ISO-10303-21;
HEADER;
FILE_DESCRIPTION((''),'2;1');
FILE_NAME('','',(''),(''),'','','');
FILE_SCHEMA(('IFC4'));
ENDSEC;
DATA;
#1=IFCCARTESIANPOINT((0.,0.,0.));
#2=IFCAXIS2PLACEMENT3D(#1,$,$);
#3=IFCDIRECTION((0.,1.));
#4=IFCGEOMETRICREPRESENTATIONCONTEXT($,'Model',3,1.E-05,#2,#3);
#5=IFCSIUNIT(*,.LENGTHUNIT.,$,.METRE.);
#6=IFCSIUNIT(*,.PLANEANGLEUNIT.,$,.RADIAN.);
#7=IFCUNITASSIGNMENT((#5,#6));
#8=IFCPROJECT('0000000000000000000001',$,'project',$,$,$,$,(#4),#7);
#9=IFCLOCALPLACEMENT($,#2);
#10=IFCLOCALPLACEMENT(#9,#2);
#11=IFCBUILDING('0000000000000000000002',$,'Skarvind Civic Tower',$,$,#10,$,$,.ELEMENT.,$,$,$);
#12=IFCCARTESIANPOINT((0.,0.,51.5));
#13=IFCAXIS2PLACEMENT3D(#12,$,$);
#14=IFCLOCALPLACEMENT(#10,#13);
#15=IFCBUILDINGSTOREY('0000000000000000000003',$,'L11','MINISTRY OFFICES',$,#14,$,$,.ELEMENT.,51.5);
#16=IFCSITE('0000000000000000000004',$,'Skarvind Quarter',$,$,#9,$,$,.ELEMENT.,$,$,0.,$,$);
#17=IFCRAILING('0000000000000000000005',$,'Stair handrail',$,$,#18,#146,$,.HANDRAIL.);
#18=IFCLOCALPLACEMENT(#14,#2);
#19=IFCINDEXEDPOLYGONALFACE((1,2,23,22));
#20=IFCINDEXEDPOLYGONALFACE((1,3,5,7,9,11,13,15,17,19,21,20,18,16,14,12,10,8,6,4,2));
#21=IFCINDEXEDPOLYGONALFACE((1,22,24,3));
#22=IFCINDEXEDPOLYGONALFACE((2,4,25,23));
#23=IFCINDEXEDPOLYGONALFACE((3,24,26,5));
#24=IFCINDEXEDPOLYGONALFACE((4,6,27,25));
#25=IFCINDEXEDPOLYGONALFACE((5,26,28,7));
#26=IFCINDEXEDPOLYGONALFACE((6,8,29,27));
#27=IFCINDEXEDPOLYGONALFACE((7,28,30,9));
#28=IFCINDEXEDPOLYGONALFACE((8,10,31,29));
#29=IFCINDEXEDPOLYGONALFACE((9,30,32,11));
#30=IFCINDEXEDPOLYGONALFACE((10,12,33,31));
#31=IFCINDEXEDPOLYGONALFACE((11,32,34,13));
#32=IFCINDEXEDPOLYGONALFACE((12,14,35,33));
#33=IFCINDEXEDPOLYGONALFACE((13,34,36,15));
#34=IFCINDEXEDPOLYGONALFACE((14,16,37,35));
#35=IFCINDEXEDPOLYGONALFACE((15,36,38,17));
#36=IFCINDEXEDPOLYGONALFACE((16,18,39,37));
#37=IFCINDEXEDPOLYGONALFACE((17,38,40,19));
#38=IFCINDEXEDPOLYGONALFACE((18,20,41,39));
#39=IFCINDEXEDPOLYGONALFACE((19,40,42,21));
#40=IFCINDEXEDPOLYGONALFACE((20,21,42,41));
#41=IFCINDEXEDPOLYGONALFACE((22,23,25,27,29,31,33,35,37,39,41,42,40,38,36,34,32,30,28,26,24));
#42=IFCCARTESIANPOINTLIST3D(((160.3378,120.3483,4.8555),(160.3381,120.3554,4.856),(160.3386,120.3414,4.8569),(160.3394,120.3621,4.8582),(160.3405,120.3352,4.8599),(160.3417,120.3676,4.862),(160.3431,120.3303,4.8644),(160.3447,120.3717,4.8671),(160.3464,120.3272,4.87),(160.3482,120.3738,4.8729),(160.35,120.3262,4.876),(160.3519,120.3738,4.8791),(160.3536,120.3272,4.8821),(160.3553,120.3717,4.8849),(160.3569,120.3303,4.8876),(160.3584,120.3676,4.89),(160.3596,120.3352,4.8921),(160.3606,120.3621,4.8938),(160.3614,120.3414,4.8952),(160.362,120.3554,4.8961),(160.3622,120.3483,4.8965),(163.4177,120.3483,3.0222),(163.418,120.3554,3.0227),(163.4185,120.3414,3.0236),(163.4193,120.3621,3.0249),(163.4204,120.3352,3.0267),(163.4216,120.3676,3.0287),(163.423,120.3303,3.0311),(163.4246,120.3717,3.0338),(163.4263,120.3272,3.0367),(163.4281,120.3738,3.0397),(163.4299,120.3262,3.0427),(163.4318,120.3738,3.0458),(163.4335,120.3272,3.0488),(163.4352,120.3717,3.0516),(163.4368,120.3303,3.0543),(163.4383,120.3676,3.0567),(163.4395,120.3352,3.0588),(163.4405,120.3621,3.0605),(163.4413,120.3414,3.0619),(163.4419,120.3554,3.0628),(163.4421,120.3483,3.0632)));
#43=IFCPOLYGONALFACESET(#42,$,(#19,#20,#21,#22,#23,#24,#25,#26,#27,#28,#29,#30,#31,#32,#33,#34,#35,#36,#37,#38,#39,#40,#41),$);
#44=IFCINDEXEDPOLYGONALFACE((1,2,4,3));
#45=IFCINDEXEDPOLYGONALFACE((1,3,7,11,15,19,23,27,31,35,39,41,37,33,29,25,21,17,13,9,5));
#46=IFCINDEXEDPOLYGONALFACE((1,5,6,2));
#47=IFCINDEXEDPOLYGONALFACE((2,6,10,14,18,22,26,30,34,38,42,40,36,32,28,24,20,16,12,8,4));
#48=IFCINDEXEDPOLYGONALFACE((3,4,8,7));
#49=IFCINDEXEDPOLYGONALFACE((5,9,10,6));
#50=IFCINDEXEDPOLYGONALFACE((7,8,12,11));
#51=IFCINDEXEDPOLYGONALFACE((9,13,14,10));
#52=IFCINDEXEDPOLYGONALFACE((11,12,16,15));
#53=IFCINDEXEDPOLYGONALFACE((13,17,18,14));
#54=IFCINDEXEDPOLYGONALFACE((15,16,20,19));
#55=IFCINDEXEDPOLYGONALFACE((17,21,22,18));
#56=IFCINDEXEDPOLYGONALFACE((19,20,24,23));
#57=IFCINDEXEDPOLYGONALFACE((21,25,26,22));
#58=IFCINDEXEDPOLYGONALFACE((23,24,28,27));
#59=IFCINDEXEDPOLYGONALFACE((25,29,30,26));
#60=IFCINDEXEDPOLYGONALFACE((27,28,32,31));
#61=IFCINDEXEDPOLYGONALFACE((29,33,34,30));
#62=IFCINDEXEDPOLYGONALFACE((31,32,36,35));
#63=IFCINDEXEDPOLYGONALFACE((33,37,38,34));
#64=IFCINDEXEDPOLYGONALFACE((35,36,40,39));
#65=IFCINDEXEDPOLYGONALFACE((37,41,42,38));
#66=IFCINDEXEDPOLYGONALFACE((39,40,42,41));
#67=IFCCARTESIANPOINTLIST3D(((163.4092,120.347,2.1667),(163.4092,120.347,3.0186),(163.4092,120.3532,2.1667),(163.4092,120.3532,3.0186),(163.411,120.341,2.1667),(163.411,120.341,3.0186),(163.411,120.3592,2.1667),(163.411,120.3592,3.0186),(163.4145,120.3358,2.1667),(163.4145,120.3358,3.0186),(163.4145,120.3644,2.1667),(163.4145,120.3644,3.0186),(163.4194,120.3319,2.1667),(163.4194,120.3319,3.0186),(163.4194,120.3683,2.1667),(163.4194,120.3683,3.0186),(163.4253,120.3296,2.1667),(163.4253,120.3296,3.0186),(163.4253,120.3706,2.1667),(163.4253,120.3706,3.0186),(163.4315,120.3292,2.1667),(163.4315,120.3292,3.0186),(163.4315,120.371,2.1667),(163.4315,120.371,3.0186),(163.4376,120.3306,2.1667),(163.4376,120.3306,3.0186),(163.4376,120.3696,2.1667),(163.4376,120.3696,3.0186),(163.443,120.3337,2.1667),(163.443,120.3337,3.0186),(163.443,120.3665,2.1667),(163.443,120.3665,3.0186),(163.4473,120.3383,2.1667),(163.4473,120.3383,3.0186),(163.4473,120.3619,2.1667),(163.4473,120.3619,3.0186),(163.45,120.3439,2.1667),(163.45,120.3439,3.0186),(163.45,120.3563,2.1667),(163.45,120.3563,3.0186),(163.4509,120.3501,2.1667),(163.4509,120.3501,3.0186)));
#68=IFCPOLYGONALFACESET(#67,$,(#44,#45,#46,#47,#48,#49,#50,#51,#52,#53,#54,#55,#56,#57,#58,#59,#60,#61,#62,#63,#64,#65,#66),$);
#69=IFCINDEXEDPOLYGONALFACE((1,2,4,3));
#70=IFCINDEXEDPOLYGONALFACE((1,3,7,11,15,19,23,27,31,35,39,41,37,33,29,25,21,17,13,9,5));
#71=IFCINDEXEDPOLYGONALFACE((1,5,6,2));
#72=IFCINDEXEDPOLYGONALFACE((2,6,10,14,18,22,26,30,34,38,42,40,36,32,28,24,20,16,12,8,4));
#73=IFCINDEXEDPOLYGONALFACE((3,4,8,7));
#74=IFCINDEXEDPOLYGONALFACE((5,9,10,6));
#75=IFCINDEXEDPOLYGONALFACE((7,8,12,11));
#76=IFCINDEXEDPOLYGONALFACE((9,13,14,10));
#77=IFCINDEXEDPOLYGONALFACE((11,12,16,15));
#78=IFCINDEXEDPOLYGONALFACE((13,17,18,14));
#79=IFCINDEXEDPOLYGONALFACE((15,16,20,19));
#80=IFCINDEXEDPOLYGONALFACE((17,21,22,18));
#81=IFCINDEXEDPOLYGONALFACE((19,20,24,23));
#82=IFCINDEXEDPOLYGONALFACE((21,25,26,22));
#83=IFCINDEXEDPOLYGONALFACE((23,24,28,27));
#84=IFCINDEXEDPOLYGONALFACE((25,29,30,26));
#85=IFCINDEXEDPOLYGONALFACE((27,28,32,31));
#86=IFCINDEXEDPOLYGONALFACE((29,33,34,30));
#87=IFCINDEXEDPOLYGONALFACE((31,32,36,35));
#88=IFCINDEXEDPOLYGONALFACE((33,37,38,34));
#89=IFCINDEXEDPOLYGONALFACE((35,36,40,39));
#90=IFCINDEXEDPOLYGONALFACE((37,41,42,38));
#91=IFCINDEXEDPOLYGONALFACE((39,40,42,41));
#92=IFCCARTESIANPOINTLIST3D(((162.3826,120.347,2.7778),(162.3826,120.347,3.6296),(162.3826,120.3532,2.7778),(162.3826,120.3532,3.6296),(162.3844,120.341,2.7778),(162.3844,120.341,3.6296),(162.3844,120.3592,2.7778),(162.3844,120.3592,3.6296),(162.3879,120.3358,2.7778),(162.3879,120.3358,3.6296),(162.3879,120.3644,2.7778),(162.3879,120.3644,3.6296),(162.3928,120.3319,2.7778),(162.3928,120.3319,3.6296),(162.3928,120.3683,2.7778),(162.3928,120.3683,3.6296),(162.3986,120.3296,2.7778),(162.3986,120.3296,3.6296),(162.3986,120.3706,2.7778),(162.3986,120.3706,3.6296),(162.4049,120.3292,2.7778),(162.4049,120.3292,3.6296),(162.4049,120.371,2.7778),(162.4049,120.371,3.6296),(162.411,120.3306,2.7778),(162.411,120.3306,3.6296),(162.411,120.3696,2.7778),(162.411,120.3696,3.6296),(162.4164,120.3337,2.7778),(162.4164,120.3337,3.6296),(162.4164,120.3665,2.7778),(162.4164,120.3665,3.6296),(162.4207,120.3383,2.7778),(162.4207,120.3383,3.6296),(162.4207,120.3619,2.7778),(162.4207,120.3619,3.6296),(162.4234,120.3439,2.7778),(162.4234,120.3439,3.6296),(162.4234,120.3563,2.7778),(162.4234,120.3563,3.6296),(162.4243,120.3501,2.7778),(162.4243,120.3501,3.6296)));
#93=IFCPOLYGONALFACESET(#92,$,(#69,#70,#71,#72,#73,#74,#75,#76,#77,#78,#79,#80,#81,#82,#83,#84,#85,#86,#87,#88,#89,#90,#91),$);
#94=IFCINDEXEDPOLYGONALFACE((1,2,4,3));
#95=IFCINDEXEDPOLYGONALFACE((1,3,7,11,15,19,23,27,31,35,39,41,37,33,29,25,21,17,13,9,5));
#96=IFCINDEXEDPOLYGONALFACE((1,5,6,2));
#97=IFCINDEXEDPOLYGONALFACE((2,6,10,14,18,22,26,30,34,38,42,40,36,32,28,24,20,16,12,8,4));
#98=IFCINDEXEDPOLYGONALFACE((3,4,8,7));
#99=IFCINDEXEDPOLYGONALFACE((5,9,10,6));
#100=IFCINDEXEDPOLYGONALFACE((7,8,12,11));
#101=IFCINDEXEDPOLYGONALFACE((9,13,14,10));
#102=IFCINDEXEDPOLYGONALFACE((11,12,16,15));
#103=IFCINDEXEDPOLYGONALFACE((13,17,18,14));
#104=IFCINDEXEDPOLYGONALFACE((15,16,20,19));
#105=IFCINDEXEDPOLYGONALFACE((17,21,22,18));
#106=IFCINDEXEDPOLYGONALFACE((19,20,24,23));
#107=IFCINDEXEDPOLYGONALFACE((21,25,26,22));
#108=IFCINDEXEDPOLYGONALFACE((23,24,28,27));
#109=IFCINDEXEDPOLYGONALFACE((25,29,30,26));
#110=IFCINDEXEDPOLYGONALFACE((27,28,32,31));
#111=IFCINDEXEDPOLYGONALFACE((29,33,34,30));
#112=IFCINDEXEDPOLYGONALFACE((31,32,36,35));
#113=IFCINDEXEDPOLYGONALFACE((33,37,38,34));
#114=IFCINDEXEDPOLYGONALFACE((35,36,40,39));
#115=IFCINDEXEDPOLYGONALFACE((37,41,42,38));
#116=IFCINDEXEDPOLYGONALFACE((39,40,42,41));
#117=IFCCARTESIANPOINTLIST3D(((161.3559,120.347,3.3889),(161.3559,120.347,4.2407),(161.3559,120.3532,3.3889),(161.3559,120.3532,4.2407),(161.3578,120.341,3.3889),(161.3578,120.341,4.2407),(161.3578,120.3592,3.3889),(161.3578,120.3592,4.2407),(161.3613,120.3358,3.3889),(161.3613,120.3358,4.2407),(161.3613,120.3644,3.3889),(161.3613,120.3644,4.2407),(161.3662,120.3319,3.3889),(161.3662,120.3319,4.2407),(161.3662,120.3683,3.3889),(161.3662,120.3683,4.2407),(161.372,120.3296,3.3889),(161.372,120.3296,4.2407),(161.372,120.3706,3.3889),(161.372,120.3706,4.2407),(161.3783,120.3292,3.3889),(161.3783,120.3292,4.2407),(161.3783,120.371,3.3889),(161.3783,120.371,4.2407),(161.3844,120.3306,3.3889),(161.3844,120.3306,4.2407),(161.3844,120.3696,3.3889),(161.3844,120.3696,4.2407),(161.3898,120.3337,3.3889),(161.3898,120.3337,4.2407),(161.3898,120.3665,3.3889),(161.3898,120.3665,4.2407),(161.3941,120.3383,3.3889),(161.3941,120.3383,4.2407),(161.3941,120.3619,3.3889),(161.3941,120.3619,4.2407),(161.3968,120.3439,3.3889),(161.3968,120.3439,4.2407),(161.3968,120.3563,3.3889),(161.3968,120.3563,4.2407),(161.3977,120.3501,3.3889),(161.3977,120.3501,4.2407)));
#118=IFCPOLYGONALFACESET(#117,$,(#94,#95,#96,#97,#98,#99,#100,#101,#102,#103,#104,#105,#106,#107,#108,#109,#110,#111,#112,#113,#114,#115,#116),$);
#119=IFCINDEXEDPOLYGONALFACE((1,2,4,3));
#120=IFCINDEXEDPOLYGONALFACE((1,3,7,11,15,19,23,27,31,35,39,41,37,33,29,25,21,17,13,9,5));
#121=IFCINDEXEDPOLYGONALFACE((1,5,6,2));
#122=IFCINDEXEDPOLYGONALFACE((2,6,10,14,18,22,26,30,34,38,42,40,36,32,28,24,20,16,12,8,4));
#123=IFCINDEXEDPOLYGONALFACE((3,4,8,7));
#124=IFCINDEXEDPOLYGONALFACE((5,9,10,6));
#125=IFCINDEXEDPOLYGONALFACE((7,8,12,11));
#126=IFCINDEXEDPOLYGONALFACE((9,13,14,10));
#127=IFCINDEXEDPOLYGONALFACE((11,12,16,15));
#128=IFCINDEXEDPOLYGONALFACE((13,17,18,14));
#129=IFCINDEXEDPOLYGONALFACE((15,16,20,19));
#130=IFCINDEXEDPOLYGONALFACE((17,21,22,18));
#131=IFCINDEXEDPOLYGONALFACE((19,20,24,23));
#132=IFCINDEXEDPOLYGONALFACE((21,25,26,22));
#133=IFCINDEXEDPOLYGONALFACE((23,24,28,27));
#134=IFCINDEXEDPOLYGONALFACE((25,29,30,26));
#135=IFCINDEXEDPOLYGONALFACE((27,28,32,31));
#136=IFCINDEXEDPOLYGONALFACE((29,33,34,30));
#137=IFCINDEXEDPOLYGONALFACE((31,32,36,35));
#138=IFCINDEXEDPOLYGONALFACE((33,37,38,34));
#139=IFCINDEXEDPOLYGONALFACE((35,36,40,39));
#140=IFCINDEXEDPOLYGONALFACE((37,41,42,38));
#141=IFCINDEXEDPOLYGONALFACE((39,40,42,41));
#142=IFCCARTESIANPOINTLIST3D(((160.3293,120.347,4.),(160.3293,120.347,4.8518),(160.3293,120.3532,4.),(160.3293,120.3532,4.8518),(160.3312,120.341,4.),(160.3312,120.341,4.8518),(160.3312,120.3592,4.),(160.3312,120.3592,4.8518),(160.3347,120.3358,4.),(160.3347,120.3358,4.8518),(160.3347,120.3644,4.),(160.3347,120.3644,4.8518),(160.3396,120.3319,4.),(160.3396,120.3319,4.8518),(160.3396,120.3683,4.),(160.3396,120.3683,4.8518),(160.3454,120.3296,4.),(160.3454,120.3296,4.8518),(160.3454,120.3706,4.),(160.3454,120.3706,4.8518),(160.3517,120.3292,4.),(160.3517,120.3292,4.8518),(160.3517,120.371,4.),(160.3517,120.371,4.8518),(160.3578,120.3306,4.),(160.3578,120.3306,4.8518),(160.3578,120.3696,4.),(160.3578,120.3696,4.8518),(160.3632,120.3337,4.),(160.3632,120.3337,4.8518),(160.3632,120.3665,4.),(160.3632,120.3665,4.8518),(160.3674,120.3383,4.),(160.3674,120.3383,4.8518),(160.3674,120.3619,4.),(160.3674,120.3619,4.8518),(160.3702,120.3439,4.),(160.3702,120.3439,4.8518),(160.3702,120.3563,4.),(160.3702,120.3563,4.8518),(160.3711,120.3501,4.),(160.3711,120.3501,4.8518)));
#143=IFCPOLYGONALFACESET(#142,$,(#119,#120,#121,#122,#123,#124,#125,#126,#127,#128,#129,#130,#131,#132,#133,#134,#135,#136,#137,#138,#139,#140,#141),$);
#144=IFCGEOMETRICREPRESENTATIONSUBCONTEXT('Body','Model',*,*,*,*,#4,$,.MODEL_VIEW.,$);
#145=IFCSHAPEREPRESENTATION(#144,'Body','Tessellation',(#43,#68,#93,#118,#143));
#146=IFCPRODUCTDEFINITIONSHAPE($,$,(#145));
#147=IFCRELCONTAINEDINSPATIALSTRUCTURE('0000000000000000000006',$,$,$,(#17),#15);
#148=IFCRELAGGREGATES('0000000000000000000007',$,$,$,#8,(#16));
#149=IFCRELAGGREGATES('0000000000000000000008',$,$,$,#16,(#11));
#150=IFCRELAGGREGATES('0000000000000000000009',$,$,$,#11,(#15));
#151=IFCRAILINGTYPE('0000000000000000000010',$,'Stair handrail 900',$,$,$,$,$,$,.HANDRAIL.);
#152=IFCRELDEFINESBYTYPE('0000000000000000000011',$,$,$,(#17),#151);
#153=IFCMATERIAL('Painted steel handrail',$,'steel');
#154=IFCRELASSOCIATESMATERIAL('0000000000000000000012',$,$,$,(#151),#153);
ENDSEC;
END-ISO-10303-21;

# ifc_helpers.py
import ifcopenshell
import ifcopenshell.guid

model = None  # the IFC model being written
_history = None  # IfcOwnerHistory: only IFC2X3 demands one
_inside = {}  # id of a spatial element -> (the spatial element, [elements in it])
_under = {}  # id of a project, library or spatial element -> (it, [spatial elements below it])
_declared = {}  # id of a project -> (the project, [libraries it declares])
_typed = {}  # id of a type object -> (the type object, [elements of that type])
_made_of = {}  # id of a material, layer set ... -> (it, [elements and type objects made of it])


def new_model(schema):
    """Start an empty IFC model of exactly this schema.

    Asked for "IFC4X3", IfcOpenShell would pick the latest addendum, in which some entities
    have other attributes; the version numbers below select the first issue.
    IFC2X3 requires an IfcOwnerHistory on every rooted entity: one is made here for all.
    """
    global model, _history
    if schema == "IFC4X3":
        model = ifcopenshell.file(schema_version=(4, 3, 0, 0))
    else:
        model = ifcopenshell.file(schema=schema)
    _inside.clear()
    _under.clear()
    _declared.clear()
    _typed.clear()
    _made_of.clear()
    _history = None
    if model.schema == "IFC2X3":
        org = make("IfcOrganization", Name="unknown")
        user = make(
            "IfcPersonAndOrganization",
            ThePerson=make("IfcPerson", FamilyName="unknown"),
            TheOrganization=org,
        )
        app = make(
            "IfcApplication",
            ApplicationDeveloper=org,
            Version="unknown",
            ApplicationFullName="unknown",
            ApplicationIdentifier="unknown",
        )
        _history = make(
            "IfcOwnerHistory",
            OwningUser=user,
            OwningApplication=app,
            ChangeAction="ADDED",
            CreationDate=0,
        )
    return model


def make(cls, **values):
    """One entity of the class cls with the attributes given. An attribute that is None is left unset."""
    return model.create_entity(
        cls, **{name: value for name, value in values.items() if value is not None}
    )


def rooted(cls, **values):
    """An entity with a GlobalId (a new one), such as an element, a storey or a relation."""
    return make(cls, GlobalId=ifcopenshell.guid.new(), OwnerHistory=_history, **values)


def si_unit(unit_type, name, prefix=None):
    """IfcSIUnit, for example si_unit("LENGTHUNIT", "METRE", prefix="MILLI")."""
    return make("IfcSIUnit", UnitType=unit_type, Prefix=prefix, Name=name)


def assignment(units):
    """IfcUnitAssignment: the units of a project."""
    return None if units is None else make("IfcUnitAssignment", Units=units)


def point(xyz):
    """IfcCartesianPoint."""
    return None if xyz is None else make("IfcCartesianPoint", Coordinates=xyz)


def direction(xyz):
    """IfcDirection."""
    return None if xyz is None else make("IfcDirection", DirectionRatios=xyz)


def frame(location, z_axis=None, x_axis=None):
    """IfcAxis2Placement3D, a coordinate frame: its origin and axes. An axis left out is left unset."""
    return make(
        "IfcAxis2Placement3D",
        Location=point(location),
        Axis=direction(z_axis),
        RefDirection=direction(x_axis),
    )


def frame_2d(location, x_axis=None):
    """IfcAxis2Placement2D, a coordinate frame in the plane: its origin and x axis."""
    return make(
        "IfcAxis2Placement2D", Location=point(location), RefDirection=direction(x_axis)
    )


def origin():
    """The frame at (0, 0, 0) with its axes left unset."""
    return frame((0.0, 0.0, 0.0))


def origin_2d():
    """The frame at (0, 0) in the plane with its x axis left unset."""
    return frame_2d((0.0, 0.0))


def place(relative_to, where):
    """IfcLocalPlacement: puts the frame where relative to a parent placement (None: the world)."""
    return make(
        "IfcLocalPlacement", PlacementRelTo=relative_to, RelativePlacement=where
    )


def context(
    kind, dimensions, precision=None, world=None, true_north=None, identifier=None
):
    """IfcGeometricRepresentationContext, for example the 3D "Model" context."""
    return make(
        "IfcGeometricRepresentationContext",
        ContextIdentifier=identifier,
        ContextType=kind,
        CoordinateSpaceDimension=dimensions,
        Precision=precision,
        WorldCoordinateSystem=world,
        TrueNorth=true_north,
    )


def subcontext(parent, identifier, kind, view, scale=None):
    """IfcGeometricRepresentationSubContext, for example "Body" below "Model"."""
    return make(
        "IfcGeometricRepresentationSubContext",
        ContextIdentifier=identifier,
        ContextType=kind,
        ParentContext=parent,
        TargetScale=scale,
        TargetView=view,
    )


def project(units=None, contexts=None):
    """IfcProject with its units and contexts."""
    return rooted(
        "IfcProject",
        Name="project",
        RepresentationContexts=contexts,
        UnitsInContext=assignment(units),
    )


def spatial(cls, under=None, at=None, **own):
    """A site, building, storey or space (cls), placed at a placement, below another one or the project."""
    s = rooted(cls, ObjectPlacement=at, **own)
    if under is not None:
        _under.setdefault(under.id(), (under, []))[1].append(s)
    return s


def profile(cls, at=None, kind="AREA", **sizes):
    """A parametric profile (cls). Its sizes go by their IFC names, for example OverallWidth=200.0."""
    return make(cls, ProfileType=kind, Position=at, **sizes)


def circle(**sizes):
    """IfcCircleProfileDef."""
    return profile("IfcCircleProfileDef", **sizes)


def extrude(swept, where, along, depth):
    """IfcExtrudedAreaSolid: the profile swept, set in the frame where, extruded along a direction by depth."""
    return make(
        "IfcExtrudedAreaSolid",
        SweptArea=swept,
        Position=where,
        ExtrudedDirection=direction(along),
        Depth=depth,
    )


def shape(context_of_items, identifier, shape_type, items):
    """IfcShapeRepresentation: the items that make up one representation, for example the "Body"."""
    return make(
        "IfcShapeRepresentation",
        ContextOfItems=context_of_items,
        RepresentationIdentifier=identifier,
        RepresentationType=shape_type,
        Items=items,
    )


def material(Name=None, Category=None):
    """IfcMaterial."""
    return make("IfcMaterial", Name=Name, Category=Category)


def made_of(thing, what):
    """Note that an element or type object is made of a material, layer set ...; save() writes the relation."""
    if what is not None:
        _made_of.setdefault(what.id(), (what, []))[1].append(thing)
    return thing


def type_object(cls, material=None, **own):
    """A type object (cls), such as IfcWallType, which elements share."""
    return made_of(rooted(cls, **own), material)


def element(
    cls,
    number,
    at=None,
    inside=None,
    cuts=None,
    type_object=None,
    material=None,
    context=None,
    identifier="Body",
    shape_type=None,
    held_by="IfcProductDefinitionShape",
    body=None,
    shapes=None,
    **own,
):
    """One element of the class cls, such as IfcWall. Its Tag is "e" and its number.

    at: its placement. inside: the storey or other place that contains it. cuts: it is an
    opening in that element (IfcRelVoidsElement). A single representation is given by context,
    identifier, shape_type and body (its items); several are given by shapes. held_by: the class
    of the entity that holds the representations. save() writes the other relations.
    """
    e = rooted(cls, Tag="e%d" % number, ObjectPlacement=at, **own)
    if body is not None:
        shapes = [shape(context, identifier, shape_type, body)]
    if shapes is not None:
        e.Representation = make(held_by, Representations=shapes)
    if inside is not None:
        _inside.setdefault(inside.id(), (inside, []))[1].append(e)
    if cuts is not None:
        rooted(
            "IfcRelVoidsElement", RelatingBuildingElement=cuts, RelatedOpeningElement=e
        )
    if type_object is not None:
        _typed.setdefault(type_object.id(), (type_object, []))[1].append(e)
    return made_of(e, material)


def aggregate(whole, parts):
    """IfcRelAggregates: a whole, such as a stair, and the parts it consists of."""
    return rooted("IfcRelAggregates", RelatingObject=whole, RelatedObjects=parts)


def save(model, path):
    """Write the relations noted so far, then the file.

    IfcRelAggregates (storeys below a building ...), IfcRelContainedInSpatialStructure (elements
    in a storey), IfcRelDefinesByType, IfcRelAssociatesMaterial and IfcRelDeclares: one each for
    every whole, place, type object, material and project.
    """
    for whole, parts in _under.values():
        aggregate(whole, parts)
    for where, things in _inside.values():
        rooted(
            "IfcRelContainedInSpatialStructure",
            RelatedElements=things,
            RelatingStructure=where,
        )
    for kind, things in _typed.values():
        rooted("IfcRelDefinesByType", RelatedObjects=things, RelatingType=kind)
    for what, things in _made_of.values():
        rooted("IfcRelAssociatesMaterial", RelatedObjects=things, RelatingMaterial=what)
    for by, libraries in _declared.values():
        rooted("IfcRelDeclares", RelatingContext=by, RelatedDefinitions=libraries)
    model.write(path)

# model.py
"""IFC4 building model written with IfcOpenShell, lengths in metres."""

from ifc_helpers import new_model, si_unit, direction, frame, origin, origin_2d, place, context, subcontext, project, spatial, circle, extrude, material, type_object, element, save


model = new_model("IFC4")

# Units and contexts
model_context = context("Model", 3, precision=1e-05, world=origin(), true_north=direction((0.0, 1.0)))
body_context = subcontext(model_context, "Body", "Model", "MODEL_VIEW")
ifc_project = project(units=[si_unit("LENGTHUNIT", "METRE"), si_unit("PLANEANGLEUNIT", "RADIAN")], contexts=[model_context])

# Site, building, storey
site_placement = place(None, origin())
site = spatial("IfcSite", under=ifc_project, at=site_placement, Name="Skarvind Quarter", CompositionType="ELEMENT", RefElevation=0.0)
building_placement = place(site_placement, origin())
building = spatial("IfcBuilding", under=site, at=building_placement, Name="Skarvind Civic Tower", CompositionType="ELEMENT")
storey_placement = place(building_placement, frame((0.0, 0.0, 51.5)))
storey = spatial("IfcBuildingStorey", under=building, at=storey_placement, Name="L11", Description="MINISTRY OFFICES", CompositionType="ELEMENT", Elevation=51.5)

# Railing
ifc_material_1 = material(Name="Painted steel handrail", Category="steel")
railing_type = type_object("IfcRailingType", Name="Stair handrail 900", PredefinedType="HANDRAIL", material=ifc_material_1)
railing_placement = place(storey_placement, frame((163.4299, 120.3501, 2.1667)))
element("IfcRailing", 1, at=railing_placement, inside=storey, type_object=railing_type, Name="Stair handrail", PredefinedType="HANDRAIL", context=body_context, shape_type="SweptSolid", body=[
    extrude(circle(Radius=0.0239, at=origin_2d()), frame((0.0, 0.0, 0.876), z_axis=(-0.859291, 0.0, 0.511487), x_axis=(0.0, -1.0, 0.0)), (0.0, 0.0, 1.0), 3.5842),
    extrude(circle(Radius=0.021, at=origin_2d()), origin(), (0.0, 0.0, 1.0), 0.8518),
    extrude(circle(Radius=0.021, at=origin_2d()), frame((-1.0266, 0.0, 0.6111)), (0.0, 0.0, 1.0), 0.8518),
    extrude(circle(Radius=0.021, at=origin_2d()), frame((-2.0532, 0.0, 1.2222)), (0.0, 0.0, 1.0), 0.8518),
    extrude(circle(Radius=0.021, at=origin_2d()), frame((-3.0798, 0.0, 1.8333)), (0.0, 0.0, 1.0), 0.8518),
])

save(model, "model.ifc")
